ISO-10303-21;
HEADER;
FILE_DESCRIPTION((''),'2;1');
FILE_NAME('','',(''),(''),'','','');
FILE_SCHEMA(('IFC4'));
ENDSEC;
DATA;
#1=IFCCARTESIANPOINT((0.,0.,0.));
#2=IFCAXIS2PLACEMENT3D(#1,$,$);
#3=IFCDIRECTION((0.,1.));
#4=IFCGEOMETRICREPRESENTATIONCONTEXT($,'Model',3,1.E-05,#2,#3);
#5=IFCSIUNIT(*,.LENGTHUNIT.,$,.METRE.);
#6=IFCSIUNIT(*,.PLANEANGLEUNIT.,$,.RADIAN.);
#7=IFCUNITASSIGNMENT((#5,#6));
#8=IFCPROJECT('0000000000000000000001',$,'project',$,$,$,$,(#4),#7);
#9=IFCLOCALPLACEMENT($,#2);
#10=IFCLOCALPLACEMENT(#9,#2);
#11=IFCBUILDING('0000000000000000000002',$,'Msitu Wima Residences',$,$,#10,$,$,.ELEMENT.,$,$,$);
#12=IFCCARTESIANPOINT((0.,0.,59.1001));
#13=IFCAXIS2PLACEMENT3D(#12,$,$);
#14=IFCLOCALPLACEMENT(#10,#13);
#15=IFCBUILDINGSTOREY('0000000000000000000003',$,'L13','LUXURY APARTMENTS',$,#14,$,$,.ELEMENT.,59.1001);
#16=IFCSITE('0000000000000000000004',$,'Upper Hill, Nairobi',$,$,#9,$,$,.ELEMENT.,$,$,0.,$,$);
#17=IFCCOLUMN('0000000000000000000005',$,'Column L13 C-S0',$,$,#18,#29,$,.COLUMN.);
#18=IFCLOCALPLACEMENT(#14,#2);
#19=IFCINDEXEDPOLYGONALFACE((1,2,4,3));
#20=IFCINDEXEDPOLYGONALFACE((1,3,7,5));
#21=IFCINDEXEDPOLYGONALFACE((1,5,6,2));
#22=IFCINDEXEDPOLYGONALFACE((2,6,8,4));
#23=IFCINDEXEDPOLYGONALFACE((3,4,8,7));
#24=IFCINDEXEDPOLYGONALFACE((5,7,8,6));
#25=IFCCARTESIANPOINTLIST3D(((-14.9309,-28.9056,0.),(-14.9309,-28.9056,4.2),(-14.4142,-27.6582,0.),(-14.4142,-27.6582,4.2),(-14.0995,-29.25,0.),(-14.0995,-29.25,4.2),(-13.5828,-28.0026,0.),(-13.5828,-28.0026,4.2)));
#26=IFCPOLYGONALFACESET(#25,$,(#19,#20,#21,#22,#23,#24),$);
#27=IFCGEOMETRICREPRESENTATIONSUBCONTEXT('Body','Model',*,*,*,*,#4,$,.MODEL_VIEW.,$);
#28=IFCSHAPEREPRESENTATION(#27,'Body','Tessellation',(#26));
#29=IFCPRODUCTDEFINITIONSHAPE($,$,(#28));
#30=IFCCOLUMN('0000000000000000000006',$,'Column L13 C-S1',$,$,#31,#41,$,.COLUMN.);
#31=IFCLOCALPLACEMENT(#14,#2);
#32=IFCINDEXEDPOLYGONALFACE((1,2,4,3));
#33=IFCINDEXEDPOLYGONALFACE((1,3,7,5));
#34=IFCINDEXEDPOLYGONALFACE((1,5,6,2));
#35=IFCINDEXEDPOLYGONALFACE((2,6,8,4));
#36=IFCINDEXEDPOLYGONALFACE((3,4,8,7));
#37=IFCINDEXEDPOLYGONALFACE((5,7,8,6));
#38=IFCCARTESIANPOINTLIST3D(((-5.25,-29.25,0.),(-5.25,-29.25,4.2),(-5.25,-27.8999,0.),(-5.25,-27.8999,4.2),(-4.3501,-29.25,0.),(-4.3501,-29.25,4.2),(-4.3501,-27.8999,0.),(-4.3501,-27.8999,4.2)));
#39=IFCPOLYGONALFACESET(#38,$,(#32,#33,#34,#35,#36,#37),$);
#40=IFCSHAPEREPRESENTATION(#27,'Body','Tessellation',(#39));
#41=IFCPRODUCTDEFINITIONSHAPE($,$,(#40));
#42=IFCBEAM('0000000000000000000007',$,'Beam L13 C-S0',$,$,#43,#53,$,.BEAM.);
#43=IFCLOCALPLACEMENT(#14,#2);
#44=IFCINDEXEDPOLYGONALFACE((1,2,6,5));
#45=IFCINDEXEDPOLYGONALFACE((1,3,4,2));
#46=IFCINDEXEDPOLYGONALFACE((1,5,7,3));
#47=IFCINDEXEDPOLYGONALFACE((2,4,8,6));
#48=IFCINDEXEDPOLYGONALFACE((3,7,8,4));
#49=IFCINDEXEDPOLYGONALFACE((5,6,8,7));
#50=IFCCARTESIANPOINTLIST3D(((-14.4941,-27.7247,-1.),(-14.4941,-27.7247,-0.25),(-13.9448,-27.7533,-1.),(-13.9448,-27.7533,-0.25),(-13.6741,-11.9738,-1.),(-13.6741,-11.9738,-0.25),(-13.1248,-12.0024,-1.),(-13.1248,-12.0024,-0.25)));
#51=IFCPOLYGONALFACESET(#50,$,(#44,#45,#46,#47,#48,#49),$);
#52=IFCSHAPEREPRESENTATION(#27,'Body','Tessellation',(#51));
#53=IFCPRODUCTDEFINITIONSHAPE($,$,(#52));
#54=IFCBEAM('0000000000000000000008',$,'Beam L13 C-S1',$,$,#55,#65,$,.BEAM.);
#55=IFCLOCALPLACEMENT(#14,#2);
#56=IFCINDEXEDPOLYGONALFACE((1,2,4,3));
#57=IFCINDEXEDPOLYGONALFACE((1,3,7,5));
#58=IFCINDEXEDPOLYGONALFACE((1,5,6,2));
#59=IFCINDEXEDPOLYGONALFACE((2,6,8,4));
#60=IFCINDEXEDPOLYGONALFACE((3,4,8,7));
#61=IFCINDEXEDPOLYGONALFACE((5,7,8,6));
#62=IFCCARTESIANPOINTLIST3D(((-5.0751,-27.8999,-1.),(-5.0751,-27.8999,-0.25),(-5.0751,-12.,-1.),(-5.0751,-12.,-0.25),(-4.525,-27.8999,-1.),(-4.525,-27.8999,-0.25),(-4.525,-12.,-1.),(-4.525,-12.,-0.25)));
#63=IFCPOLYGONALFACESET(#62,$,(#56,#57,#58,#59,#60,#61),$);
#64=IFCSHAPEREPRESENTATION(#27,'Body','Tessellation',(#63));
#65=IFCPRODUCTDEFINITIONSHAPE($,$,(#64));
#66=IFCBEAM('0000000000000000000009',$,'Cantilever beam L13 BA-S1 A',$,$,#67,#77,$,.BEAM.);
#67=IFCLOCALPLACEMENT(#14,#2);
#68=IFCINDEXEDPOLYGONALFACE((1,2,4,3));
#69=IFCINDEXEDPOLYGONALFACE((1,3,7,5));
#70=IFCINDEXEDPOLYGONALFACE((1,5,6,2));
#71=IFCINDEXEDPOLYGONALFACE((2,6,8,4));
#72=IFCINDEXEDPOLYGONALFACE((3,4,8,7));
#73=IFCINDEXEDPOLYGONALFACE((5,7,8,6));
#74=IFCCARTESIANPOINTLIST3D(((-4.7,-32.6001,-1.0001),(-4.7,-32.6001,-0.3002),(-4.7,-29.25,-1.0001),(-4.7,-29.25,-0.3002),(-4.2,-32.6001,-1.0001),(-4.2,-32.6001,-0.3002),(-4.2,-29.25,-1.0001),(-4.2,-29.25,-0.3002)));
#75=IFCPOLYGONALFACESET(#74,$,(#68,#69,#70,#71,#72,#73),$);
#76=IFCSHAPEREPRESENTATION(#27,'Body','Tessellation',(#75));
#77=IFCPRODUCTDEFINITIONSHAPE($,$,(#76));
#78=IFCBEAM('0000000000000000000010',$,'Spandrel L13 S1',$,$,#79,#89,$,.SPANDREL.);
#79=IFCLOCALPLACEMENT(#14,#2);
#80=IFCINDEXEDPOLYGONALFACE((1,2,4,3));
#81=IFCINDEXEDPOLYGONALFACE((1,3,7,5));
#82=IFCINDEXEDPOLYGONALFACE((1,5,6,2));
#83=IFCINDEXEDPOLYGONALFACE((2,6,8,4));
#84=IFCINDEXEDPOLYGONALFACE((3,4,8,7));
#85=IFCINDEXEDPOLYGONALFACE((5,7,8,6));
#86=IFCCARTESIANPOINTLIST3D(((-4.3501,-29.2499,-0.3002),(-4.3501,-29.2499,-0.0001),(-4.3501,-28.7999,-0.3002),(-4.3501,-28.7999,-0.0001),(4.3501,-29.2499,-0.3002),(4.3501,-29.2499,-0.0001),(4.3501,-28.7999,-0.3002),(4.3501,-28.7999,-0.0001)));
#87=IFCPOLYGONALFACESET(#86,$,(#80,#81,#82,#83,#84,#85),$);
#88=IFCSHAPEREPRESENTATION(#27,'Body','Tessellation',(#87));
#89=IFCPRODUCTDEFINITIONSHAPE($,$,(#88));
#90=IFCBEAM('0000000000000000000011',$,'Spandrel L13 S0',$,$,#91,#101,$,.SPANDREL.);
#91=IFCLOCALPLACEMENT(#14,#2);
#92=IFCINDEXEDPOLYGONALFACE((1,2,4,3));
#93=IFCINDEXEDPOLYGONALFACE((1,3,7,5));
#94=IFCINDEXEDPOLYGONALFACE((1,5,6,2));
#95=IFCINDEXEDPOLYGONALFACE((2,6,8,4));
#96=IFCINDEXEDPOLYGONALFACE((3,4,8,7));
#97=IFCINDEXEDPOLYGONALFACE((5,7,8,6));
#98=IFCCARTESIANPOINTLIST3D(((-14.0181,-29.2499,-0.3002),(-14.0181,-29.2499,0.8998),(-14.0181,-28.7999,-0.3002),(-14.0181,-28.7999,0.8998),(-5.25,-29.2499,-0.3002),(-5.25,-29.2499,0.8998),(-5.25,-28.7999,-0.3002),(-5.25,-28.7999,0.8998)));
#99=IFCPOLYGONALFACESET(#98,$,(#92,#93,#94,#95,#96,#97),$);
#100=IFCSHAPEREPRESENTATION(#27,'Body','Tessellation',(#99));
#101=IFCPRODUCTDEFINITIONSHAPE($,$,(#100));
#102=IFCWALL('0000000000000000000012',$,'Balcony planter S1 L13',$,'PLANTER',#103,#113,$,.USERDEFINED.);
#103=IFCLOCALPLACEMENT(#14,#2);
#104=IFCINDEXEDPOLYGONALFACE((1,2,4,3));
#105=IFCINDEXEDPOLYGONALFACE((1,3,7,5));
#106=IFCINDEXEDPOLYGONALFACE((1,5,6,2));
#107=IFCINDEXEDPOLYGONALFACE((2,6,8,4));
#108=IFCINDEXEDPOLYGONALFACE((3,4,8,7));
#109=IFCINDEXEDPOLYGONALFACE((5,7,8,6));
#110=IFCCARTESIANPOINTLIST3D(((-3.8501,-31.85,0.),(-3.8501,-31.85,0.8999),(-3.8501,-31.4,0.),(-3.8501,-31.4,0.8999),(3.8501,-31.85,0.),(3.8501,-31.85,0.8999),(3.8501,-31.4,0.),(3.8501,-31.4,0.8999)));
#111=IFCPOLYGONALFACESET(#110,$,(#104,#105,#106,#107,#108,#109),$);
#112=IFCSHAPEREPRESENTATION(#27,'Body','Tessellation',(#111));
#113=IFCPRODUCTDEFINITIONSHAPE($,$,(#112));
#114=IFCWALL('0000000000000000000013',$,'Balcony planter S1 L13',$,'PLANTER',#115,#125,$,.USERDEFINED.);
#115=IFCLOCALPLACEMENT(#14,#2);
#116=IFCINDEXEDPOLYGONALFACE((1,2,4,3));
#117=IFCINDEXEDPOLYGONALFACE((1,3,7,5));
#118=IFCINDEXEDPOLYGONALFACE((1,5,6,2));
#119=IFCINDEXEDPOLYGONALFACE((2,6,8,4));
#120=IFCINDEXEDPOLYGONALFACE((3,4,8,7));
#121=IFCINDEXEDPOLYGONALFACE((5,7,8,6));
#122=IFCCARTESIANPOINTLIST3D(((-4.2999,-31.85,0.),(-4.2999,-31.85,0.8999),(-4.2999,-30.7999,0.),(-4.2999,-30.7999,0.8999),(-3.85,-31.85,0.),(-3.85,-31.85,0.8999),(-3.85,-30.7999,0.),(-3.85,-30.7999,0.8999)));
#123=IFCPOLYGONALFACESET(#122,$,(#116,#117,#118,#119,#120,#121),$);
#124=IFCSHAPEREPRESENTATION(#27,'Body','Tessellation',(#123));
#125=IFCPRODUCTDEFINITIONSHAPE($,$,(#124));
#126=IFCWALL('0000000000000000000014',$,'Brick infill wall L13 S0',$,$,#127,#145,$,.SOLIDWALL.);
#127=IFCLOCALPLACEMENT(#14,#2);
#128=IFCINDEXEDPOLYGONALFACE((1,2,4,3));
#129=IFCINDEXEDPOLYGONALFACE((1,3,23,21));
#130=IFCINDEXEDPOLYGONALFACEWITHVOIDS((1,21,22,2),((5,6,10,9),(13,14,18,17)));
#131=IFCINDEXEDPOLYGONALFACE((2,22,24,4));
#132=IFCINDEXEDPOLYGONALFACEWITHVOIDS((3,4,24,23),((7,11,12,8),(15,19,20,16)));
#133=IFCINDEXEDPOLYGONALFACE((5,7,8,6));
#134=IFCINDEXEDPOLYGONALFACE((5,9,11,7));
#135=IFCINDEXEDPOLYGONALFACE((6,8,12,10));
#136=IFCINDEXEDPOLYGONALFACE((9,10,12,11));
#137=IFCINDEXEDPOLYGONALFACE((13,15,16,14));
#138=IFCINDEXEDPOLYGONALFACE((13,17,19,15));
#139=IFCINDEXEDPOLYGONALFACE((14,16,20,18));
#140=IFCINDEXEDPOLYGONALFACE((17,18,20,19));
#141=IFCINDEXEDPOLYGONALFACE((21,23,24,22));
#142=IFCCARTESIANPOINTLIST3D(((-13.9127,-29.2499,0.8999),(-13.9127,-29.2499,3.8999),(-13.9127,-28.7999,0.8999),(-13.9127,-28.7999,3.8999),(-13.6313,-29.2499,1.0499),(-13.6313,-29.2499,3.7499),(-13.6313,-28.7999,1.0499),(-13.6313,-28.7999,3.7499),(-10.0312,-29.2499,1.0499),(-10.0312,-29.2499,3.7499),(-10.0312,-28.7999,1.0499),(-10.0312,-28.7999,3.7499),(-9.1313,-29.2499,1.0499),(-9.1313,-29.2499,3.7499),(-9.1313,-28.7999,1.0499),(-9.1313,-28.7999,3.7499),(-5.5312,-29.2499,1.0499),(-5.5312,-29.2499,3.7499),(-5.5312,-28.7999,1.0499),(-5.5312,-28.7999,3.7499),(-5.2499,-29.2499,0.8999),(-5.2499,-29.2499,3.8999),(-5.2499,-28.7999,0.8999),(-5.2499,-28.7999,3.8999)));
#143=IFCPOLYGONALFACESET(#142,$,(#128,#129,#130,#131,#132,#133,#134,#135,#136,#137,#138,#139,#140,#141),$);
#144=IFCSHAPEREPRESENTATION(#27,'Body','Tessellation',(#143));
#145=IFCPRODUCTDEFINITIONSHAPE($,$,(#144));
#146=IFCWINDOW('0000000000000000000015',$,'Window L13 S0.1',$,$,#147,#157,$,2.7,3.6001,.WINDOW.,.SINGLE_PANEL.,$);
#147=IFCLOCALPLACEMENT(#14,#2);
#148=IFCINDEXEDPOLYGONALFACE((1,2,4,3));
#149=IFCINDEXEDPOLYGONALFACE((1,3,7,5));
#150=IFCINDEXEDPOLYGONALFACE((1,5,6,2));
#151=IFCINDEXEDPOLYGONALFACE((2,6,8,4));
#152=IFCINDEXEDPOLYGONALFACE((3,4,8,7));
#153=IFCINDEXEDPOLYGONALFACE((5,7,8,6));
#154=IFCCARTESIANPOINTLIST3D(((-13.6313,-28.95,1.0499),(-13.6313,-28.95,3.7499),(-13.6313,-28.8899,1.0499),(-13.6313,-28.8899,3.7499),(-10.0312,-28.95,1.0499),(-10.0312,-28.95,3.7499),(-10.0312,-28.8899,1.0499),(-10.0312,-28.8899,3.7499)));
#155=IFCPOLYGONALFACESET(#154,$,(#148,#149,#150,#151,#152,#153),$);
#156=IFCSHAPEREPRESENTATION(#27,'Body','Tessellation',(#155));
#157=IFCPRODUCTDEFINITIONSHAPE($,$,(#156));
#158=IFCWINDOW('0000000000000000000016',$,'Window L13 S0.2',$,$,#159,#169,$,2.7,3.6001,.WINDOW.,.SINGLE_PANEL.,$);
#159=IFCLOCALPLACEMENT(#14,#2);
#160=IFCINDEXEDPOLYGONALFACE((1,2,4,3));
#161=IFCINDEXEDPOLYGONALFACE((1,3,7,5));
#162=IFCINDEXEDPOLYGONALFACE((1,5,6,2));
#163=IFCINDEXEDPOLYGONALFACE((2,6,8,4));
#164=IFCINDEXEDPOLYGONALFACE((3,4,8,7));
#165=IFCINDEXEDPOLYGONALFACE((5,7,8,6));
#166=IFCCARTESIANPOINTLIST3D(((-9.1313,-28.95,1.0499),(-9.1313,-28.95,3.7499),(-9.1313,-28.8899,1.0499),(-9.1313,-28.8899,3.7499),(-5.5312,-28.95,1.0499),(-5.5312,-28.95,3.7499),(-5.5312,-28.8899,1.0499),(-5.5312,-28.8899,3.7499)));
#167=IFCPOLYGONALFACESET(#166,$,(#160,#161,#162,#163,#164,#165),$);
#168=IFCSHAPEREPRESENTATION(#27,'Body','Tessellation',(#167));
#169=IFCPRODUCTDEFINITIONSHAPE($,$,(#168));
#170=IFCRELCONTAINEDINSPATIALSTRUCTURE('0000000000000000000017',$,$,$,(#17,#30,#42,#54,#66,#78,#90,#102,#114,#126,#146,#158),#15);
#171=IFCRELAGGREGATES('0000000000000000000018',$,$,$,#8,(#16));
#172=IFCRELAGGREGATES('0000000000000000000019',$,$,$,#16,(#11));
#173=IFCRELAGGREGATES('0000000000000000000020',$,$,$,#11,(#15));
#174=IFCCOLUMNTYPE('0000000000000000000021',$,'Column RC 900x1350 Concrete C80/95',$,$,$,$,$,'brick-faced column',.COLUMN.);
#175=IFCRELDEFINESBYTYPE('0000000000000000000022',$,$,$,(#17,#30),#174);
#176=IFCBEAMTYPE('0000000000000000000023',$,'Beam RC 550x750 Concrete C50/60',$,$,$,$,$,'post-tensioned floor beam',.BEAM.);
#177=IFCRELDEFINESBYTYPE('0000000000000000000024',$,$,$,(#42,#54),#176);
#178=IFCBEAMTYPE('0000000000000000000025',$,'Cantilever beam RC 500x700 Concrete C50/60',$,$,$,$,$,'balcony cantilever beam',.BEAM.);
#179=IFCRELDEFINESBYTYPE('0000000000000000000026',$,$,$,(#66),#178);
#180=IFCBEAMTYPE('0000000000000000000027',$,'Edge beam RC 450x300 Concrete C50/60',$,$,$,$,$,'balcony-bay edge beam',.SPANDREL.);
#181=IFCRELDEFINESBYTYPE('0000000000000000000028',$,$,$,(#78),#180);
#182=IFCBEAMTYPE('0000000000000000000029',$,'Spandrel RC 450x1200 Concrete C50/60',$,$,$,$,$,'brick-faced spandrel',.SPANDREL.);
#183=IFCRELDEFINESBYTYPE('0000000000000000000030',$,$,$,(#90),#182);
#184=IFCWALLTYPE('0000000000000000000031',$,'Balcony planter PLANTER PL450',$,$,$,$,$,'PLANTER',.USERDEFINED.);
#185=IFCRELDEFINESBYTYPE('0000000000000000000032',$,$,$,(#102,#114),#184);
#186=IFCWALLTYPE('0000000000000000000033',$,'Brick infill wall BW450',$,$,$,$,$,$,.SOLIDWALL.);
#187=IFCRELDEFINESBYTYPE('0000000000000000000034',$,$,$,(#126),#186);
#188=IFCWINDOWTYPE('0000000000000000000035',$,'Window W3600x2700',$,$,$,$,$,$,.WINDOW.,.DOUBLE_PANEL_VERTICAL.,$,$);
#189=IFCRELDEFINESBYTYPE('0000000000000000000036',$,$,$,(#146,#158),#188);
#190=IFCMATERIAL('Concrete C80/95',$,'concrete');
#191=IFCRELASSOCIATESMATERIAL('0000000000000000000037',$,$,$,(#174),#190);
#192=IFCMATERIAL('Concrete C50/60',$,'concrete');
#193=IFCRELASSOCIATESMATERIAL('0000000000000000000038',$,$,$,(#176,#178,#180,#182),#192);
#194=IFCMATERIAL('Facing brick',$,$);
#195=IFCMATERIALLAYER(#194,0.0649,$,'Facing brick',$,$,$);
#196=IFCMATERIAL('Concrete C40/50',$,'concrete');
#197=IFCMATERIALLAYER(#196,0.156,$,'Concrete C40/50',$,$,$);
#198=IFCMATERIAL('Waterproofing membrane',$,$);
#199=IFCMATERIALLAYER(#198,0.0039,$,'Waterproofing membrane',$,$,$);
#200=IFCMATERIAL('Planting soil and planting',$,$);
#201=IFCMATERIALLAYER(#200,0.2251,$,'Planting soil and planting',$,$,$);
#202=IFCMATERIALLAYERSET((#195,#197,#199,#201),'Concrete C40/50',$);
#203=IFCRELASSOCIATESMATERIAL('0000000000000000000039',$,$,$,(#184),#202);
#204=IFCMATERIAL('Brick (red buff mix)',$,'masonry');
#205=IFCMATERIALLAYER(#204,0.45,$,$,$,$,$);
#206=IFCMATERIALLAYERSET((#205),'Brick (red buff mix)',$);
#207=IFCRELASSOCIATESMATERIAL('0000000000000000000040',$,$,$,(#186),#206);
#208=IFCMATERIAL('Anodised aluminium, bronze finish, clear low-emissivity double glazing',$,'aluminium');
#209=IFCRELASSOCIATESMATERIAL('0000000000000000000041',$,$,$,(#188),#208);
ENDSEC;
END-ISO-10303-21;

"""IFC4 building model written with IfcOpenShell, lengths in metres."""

from ifc_helpers import new_model, si_unit, direction, frame, frame_2d, origin, origin_2d, place, context, subcontext, project, spatial, rectangle, extrude, material, layer, layer_set, material_profile, profile_set, type_object, element, fill, save


model = new_model("IFC4")

# Units and contexts
model_context = context("Model", 3, precision=1e-05, world=origin(), true_north=direction((0.0, 1.0)))
body_context = subcontext(model_context, "Body", "Model", "MODEL_VIEW")
ifc_project = project(units=[si_unit("LENGTHUNIT", "METRE"), si_unit("PLANEANGLEUNIT", "RADIAN")], contexts=[model_context])

# Site, building, storey
site_placement = place(None, origin())
site = spatial("IfcSite", under=ifc_project, at=site_placement, Name="Upper Hill, Nairobi", CompositionType="ELEMENT", RefElevation=0.0)
building_placement = place(site_placement, origin())
building = spatial("IfcBuilding", under=site, at=building_placement, Name="Msitu Wima Residences", CompositionType="ELEMENT")
storey_placement = place(building_placement, frame((0.0, 0.0, 59.1001)))
storey = spatial("IfcBuildingStorey", under=building, at=storey_placement, Name="L13", Description="LUXURY APARTMENTS", CompositionType="ELEMENT", Elevation=59.1001)

# Columns
ifc_material_1 = material(Name="Concrete C80/95", Category="concrete")
ifc_material_profile_1 = material_profile(ifc_material_1, rectangle(XDim=0.8999, YDim=1.3501, at=origin_2d()), Name="RC 900x1350")
ifc_profile_set_1 = profile_set([ifc_material_profile_1], Name="Concrete C80/95")
column_type = type_object("IfcColumnType", Name="Column RC 900x1350 Concrete C80/95", ElementType="brick-faced column", PredefinedType="COLUMN", material=ifc_profile_set_1)
for number, where, z_axis, x_axis, name in (
    (1, (-14.2568, -28.4541, 0.0), (0.0, 0.0, 1.0), (0.92388, -0.382683, 0.0), "Column L13 C-S0"),
    (2, (-4.8, -28.575, 0.0), (0.0, 0.0, 1.0), (1.0, 0.0, 0.0), "Column L13 C-S1"),
):
    element("IfcColumn", number, at=place(storey_placement, frame(where, z_axis=z_axis, x_axis=x_axis)), inside=storey, type_object=column_type, Name=name, PredefinedType="COLUMN", context=body_context, shape_type="SweptSolid", body=[
        extrude(rectangle(XDim=0.8999, YDim=1.3501, at=origin_2d()), origin(), (0.0, 0.0, 1.0), 4.2),
    ])

# Beams
ifc_material_2 = material(Name="Concrete C50/60", Category="concrete")
ifc_material_profile_2 = material_profile(ifc_material_2, rectangle(XDim=0.55, YDim=0.75, at=origin_2d()), Name="RC 550x750")
ifc_profile_set_2 = profile_set([ifc_material_profile_2], Name="Concrete C50/60")
beam_type_1 = type_object("IfcBeamType", Name="Beam RC 550x750 Concrete C50/60", ElementType="post-tensioned floor beam", PredefinedType="BEAM", material=ifc_profile_set_2)
beam_1_placement = place(storey_placement, frame((-14.2195, -27.739, -0.625), z_axis=(0.051994, 0.998647, 0.0), x_axis=(-0.998647, 0.051994, 0.0)))
element("IfcBeam", 3, at=beam_1_placement, inside=storey, type_object=beam_type_1, Name="Beam L13 C-S0", PredefinedType="BEAM", context=body_context, shape_type="SweptSolid", body=[
    extrude(rectangle(XDim=0.55, YDim=0.75, at=origin_2d()), origin(), (0.0, 0.0, 1.0), 15.7722),
])
beam_2_placement = place(storey_placement, frame((-4.8, -27.8999, -0.625), z_axis=(0.0, 1.0, 0.0), x_axis=(-1.0, 0.0, 0.0)))
element("IfcBeam", 4, at=beam_2_placement, inside=storey, type_object=beam_type_1, Name="Beam L13 C-S1", PredefinedType="BEAM", context=body_context, shape_type="SweptSolid", body=[
    extrude(rectangle(XDim=0.55, YDim=0.75, at=origin_2d()), origin(), (0.0, 0.0, 1.0), 15.8999),
])
ifc_material_profile_3 = material_profile(ifc_material_2, rectangle(XDim=0.5, YDim=0.7, at=origin_2d()), Name="RC 500x700")
ifc_profile_set_3 = profile_set([ifc_material_profile_3], Name="Concrete C50/60")
beam_type_2 = type_object("IfcBeamType", Name="Cantilever beam RC 500x700 Concrete C50/60", ElementType="balcony cantilever beam", PredefinedType="BEAM", material=ifc_profile_set_3)
beam_3_placement = place(storey_placement, frame((-4.45, -29.25, -0.6501), z_axis=(0.0, -1.0, 0.0), x_axis=(1.0, 0.0, 0.0)))
element("IfcBeam", 5, at=beam_3_placement, inside=storey, type_object=beam_type_2, Name="Cantilever beam L13 BA-S1 A", PredefinedType="BEAM", context=body_context, shape_type="SweptSolid", body=[
    extrude(rectangle(XDim=0.5, YDim=0.7, at=origin_2d()), origin(), (0.0, 0.0, 1.0), 3.3501),
])
ifc_material_profile_4 = material_profile(ifc_material_2, rectangle(XDim=0.45, YDim=0.3, at=origin_2d()), Name="RC 450x300")
ifc_profile_set_4 = profile_set([ifc_material_profile_4], Name="Concrete C50/60")
beam_type_3 = type_object("IfcBeamType", Name="Edge beam RC 450x300 Concrete C50/60", ElementType="balcony-bay edge beam", PredefinedType="SPANDREL", material=ifc_profile_set_4)
beam_4_placement = place(storey_placement, frame((-4.3501, -29.0249, -0.1501), z_axis=(1.0, 0.0, 0.0), x_axis=(0.0, 1.0, 0.0)))
element("IfcBeam", 6, at=beam_4_placement, inside=storey, type_object=beam_type_3, Name="Spandrel L13 S1", PredefinedType="SPANDREL", context=body_context, shape_type="SweptSolid", body=[
    extrude(rectangle(XDim=0.45, YDim=0.3, at=origin_2d()), origin(), (0.0, 0.0, 1.0), 8.7002),
])
ifc_material_profile_5 = material_profile(ifc_material_2, rectangle(XDim=0.45, YDim=1.2, at=origin_2d()), Name="RC 450x1200")
ifc_profile_set_5 = profile_set([ifc_material_profile_5], Name="Concrete C50/60")
beam_type_4 = type_object("IfcBeamType", Name="Spandrel RC 450x1200 Concrete C50/60", ElementType="brick-faced spandrel", PredefinedType="SPANDREL", material=ifc_profile_set_5)
beam_5_placement = place(storey_placement, frame((-14.0181, -29.0249, 0.2998), z_axis=(1.0, 0.0, 0.0), x_axis=(0.0, 1.0, 0.0)))
element("IfcBeam", 7, at=beam_5_placement, inside=storey, type_object=beam_type_4, Name="Spandrel L13 S0", PredefinedType="SPANDREL", context=body_context, shape_type="SweptSolid", body=[
    extrude(rectangle(XDim=0.45, YDim=1.2, at=origin_2d()), origin(), (0.0, 0.0, 1.0), 8.7681),
])

# Walls
ifc_material_3 = material(Name="Facing brick")
ifc_layer_1 = layer(ifc_material_3, 0.0649, Name="Facing brick")
ifc_material_4 = material(Name="Concrete C40/50", Category="concrete")
ifc_layer_2 = layer(ifc_material_4, 0.156, Name="Concrete C40/50")
ifc_material_5 = material(Name="Waterproofing membrane")
ifc_layer_3 = layer(ifc_material_5, 0.0039, Name="Waterproofing membrane")
ifc_material_6 = material(Name="Planting soil and planting")
ifc_layer_4 = layer(ifc_material_6, 0.2251, Name="Planting soil and planting")
ifc_layer_set_1 = layer_set([ifc_layer_1, ifc_layer_2, ifc_layer_3, ifc_layer_4], Name="Concrete C40/50")
wall_type_1 = type_object("IfcWallType", Name="Balcony planter PLANTER PL450", ElementType="PLANTER", PredefinedType="USERDEFINED", material=ifc_layer_set_1)
wall_1_placement = place(storey_placement, frame((-3.8501, -31.625, 0.0), z_axis=(0.0, 0.0, 1.0), x_axis=(1.0, 0.0, 0.0)))
element("IfcWall", 8, at=wall_1_placement, inside=storey, type_object=wall_type_1, Name="Balcony planter S1 L13", ObjectType="PLANTER", PredefinedType="USERDEFINED", context=body_context, shape_type="SweptSolid", body=[
    extrude(rectangle(XDim=7.7002, YDim=0.45, at=frame_2d((3.8501, 0.0))), origin(), (0.0, 0.0, 1.0), 0.8999),
])
wall_2_placement = place(storey_placement, frame((-4.075, -30.8, 0.0), z_axis=(0.0, 0.0, 1.0), x_axis=(0.0, -1.0, 0.0)))
element("IfcWall", 9, at=wall_2_placement, inside=storey, type_object=wall_type_1, Name="Balcony planter S1 L13", ObjectType="PLANTER", PredefinedType="USERDEFINED", context=body_context, shape_type="SweptSolid", body=[
    extrude(rectangle(XDim=1.05, YDim=0.45, at=frame_2d((0.5249, 0.0))), origin(), (0.0, 0.0, 1.0), 0.8999),
])

# Wall, openings, windows
ifc_material_7 = material(Name="Brick (red buff mix)", Category="masonry")
ifc_layer_5 = layer(ifc_material_7, 0.45)
ifc_layer_set_2 = layer_set([ifc_layer_5], Name="Brick (red buff mix)")
wall_type_2 = type_object("IfcWallType", Name="Brick infill wall BW450", PredefinedType="SOLIDWALL", material=ifc_layer_set_2)
wall_3_placement = place(storey_placement, frame((-13.9128, -29.0249, 0.8999), z_axis=(0.0, 0.0, 1.0), x_axis=(1.0, 0.0, 0.0)))
wall_3 = element("IfcWall", 10, at=wall_3_placement, inside=storey, type_object=wall_type_2, Name="Brick infill wall L13 S0", PredefinedType="SOLIDWALL", context=body_context, shape_type="SweptSolid", body=[
    extrude(rectangle(XDim=8.6628, YDim=0.45, at=frame_2d((4.3315, 0.0))), origin(), (0.0, 0.0, 1.0), 3.0),
])
opening_1_placement = place(wall_3_placement, frame((0.2815, 0.0, 0.1499)))
opening_1 = element("IfcOpeningElement", 11, at=opening_1_placement, cuts=wall_3, PredefinedType="OPENING", context=body_context, shape_type="SweptSolid", body=[
    extrude(rectangle(XDim=3.6001, YDim=2.7, at=frame_2d((1.8, 1.3501))), frame((0.0, 0.2349, 0.0), z_axis=(0.0, -1.0, 0.0), x_axis=(1.0, 0.0, 0.0)), (0.0, 0.0, 1.0), 0.47),
])
opening_2_placement = place(wall_3_placement, frame((4.7815, 0.0, 0.1499)))
opening_2 = element("IfcOpeningElement", 12, at=opening_2_placement, cuts=wall_3, PredefinedType="OPENING", context=body_context, shape_type="SweptSolid", body=[
    extrude(rectangle(XDim=3.6001, YDim=2.7, at=frame_2d((1.8, 1.3501))), frame((0.0, 0.2349, 0.0), z_axis=(0.0, -1.0, 0.0), x_axis=(1.0, 0.0, 0.0)), (0.0, 0.0, 1.0), 0.47),
])
ifc_material_8 = material(Name="Anodised aluminium, bronze finish, clear low-emissivity double glazing", Category="aluminium")
window_type = type_object("IfcWindowType", Name="Window W3600x2700", PartitioningType="DOUBLE_PANEL_VERTICAL", PredefinedType="WINDOW", material=ifc_material_8)
window_1_placement = place(opening_1_placement, origin())
window_1 = element("IfcWindow", 13, at=window_1_placement, inside=storey, type_object=window_type, Name="Window L13 S0.1", OverallHeight=2.7, OverallWidth=3.6001, PartitioningType="SINGLE_PANEL", PredefinedType="WINDOW", context=body_context, shape_type="SweptSolid", body=[
    extrude(rectangle(XDim=3.6001, YDim=2.7, at=frame_2d((1.8, 1.3501))), frame((0.0, 0.135, 0.0), z_axis=(0.0, -1.0, 0.0), x_axis=(1.0, 0.0, 0.0)), (0.0, 0.0, 1.0), 0.0601),
])
fill(opening_1, window_1)
window_2_placement = place(opening_2_placement, origin())
window_2 = element("IfcWindow", 14, at=window_2_placement, inside=storey, type_object=window_type, Name="Window L13 S0.2", OverallHeight=2.7, OverallWidth=3.6001, PartitioningType="SINGLE_PANEL", PredefinedType="WINDOW", context=body_context, shape_type="SweptSolid", body=[
    extrude(rectangle(XDim=3.6001, YDim=2.7, at=frame_2d((1.8, 1.3501))), frame((0.0, 0.135, 0.0), z_axis=(0.0, -1.0, 0.0), x_axis=(1.0, 0.0, 0.0)), (0.0, 0.0, 1.0), 0.0601),
])
fill(opening_2, window_2)

save(model, "model.ifc")
